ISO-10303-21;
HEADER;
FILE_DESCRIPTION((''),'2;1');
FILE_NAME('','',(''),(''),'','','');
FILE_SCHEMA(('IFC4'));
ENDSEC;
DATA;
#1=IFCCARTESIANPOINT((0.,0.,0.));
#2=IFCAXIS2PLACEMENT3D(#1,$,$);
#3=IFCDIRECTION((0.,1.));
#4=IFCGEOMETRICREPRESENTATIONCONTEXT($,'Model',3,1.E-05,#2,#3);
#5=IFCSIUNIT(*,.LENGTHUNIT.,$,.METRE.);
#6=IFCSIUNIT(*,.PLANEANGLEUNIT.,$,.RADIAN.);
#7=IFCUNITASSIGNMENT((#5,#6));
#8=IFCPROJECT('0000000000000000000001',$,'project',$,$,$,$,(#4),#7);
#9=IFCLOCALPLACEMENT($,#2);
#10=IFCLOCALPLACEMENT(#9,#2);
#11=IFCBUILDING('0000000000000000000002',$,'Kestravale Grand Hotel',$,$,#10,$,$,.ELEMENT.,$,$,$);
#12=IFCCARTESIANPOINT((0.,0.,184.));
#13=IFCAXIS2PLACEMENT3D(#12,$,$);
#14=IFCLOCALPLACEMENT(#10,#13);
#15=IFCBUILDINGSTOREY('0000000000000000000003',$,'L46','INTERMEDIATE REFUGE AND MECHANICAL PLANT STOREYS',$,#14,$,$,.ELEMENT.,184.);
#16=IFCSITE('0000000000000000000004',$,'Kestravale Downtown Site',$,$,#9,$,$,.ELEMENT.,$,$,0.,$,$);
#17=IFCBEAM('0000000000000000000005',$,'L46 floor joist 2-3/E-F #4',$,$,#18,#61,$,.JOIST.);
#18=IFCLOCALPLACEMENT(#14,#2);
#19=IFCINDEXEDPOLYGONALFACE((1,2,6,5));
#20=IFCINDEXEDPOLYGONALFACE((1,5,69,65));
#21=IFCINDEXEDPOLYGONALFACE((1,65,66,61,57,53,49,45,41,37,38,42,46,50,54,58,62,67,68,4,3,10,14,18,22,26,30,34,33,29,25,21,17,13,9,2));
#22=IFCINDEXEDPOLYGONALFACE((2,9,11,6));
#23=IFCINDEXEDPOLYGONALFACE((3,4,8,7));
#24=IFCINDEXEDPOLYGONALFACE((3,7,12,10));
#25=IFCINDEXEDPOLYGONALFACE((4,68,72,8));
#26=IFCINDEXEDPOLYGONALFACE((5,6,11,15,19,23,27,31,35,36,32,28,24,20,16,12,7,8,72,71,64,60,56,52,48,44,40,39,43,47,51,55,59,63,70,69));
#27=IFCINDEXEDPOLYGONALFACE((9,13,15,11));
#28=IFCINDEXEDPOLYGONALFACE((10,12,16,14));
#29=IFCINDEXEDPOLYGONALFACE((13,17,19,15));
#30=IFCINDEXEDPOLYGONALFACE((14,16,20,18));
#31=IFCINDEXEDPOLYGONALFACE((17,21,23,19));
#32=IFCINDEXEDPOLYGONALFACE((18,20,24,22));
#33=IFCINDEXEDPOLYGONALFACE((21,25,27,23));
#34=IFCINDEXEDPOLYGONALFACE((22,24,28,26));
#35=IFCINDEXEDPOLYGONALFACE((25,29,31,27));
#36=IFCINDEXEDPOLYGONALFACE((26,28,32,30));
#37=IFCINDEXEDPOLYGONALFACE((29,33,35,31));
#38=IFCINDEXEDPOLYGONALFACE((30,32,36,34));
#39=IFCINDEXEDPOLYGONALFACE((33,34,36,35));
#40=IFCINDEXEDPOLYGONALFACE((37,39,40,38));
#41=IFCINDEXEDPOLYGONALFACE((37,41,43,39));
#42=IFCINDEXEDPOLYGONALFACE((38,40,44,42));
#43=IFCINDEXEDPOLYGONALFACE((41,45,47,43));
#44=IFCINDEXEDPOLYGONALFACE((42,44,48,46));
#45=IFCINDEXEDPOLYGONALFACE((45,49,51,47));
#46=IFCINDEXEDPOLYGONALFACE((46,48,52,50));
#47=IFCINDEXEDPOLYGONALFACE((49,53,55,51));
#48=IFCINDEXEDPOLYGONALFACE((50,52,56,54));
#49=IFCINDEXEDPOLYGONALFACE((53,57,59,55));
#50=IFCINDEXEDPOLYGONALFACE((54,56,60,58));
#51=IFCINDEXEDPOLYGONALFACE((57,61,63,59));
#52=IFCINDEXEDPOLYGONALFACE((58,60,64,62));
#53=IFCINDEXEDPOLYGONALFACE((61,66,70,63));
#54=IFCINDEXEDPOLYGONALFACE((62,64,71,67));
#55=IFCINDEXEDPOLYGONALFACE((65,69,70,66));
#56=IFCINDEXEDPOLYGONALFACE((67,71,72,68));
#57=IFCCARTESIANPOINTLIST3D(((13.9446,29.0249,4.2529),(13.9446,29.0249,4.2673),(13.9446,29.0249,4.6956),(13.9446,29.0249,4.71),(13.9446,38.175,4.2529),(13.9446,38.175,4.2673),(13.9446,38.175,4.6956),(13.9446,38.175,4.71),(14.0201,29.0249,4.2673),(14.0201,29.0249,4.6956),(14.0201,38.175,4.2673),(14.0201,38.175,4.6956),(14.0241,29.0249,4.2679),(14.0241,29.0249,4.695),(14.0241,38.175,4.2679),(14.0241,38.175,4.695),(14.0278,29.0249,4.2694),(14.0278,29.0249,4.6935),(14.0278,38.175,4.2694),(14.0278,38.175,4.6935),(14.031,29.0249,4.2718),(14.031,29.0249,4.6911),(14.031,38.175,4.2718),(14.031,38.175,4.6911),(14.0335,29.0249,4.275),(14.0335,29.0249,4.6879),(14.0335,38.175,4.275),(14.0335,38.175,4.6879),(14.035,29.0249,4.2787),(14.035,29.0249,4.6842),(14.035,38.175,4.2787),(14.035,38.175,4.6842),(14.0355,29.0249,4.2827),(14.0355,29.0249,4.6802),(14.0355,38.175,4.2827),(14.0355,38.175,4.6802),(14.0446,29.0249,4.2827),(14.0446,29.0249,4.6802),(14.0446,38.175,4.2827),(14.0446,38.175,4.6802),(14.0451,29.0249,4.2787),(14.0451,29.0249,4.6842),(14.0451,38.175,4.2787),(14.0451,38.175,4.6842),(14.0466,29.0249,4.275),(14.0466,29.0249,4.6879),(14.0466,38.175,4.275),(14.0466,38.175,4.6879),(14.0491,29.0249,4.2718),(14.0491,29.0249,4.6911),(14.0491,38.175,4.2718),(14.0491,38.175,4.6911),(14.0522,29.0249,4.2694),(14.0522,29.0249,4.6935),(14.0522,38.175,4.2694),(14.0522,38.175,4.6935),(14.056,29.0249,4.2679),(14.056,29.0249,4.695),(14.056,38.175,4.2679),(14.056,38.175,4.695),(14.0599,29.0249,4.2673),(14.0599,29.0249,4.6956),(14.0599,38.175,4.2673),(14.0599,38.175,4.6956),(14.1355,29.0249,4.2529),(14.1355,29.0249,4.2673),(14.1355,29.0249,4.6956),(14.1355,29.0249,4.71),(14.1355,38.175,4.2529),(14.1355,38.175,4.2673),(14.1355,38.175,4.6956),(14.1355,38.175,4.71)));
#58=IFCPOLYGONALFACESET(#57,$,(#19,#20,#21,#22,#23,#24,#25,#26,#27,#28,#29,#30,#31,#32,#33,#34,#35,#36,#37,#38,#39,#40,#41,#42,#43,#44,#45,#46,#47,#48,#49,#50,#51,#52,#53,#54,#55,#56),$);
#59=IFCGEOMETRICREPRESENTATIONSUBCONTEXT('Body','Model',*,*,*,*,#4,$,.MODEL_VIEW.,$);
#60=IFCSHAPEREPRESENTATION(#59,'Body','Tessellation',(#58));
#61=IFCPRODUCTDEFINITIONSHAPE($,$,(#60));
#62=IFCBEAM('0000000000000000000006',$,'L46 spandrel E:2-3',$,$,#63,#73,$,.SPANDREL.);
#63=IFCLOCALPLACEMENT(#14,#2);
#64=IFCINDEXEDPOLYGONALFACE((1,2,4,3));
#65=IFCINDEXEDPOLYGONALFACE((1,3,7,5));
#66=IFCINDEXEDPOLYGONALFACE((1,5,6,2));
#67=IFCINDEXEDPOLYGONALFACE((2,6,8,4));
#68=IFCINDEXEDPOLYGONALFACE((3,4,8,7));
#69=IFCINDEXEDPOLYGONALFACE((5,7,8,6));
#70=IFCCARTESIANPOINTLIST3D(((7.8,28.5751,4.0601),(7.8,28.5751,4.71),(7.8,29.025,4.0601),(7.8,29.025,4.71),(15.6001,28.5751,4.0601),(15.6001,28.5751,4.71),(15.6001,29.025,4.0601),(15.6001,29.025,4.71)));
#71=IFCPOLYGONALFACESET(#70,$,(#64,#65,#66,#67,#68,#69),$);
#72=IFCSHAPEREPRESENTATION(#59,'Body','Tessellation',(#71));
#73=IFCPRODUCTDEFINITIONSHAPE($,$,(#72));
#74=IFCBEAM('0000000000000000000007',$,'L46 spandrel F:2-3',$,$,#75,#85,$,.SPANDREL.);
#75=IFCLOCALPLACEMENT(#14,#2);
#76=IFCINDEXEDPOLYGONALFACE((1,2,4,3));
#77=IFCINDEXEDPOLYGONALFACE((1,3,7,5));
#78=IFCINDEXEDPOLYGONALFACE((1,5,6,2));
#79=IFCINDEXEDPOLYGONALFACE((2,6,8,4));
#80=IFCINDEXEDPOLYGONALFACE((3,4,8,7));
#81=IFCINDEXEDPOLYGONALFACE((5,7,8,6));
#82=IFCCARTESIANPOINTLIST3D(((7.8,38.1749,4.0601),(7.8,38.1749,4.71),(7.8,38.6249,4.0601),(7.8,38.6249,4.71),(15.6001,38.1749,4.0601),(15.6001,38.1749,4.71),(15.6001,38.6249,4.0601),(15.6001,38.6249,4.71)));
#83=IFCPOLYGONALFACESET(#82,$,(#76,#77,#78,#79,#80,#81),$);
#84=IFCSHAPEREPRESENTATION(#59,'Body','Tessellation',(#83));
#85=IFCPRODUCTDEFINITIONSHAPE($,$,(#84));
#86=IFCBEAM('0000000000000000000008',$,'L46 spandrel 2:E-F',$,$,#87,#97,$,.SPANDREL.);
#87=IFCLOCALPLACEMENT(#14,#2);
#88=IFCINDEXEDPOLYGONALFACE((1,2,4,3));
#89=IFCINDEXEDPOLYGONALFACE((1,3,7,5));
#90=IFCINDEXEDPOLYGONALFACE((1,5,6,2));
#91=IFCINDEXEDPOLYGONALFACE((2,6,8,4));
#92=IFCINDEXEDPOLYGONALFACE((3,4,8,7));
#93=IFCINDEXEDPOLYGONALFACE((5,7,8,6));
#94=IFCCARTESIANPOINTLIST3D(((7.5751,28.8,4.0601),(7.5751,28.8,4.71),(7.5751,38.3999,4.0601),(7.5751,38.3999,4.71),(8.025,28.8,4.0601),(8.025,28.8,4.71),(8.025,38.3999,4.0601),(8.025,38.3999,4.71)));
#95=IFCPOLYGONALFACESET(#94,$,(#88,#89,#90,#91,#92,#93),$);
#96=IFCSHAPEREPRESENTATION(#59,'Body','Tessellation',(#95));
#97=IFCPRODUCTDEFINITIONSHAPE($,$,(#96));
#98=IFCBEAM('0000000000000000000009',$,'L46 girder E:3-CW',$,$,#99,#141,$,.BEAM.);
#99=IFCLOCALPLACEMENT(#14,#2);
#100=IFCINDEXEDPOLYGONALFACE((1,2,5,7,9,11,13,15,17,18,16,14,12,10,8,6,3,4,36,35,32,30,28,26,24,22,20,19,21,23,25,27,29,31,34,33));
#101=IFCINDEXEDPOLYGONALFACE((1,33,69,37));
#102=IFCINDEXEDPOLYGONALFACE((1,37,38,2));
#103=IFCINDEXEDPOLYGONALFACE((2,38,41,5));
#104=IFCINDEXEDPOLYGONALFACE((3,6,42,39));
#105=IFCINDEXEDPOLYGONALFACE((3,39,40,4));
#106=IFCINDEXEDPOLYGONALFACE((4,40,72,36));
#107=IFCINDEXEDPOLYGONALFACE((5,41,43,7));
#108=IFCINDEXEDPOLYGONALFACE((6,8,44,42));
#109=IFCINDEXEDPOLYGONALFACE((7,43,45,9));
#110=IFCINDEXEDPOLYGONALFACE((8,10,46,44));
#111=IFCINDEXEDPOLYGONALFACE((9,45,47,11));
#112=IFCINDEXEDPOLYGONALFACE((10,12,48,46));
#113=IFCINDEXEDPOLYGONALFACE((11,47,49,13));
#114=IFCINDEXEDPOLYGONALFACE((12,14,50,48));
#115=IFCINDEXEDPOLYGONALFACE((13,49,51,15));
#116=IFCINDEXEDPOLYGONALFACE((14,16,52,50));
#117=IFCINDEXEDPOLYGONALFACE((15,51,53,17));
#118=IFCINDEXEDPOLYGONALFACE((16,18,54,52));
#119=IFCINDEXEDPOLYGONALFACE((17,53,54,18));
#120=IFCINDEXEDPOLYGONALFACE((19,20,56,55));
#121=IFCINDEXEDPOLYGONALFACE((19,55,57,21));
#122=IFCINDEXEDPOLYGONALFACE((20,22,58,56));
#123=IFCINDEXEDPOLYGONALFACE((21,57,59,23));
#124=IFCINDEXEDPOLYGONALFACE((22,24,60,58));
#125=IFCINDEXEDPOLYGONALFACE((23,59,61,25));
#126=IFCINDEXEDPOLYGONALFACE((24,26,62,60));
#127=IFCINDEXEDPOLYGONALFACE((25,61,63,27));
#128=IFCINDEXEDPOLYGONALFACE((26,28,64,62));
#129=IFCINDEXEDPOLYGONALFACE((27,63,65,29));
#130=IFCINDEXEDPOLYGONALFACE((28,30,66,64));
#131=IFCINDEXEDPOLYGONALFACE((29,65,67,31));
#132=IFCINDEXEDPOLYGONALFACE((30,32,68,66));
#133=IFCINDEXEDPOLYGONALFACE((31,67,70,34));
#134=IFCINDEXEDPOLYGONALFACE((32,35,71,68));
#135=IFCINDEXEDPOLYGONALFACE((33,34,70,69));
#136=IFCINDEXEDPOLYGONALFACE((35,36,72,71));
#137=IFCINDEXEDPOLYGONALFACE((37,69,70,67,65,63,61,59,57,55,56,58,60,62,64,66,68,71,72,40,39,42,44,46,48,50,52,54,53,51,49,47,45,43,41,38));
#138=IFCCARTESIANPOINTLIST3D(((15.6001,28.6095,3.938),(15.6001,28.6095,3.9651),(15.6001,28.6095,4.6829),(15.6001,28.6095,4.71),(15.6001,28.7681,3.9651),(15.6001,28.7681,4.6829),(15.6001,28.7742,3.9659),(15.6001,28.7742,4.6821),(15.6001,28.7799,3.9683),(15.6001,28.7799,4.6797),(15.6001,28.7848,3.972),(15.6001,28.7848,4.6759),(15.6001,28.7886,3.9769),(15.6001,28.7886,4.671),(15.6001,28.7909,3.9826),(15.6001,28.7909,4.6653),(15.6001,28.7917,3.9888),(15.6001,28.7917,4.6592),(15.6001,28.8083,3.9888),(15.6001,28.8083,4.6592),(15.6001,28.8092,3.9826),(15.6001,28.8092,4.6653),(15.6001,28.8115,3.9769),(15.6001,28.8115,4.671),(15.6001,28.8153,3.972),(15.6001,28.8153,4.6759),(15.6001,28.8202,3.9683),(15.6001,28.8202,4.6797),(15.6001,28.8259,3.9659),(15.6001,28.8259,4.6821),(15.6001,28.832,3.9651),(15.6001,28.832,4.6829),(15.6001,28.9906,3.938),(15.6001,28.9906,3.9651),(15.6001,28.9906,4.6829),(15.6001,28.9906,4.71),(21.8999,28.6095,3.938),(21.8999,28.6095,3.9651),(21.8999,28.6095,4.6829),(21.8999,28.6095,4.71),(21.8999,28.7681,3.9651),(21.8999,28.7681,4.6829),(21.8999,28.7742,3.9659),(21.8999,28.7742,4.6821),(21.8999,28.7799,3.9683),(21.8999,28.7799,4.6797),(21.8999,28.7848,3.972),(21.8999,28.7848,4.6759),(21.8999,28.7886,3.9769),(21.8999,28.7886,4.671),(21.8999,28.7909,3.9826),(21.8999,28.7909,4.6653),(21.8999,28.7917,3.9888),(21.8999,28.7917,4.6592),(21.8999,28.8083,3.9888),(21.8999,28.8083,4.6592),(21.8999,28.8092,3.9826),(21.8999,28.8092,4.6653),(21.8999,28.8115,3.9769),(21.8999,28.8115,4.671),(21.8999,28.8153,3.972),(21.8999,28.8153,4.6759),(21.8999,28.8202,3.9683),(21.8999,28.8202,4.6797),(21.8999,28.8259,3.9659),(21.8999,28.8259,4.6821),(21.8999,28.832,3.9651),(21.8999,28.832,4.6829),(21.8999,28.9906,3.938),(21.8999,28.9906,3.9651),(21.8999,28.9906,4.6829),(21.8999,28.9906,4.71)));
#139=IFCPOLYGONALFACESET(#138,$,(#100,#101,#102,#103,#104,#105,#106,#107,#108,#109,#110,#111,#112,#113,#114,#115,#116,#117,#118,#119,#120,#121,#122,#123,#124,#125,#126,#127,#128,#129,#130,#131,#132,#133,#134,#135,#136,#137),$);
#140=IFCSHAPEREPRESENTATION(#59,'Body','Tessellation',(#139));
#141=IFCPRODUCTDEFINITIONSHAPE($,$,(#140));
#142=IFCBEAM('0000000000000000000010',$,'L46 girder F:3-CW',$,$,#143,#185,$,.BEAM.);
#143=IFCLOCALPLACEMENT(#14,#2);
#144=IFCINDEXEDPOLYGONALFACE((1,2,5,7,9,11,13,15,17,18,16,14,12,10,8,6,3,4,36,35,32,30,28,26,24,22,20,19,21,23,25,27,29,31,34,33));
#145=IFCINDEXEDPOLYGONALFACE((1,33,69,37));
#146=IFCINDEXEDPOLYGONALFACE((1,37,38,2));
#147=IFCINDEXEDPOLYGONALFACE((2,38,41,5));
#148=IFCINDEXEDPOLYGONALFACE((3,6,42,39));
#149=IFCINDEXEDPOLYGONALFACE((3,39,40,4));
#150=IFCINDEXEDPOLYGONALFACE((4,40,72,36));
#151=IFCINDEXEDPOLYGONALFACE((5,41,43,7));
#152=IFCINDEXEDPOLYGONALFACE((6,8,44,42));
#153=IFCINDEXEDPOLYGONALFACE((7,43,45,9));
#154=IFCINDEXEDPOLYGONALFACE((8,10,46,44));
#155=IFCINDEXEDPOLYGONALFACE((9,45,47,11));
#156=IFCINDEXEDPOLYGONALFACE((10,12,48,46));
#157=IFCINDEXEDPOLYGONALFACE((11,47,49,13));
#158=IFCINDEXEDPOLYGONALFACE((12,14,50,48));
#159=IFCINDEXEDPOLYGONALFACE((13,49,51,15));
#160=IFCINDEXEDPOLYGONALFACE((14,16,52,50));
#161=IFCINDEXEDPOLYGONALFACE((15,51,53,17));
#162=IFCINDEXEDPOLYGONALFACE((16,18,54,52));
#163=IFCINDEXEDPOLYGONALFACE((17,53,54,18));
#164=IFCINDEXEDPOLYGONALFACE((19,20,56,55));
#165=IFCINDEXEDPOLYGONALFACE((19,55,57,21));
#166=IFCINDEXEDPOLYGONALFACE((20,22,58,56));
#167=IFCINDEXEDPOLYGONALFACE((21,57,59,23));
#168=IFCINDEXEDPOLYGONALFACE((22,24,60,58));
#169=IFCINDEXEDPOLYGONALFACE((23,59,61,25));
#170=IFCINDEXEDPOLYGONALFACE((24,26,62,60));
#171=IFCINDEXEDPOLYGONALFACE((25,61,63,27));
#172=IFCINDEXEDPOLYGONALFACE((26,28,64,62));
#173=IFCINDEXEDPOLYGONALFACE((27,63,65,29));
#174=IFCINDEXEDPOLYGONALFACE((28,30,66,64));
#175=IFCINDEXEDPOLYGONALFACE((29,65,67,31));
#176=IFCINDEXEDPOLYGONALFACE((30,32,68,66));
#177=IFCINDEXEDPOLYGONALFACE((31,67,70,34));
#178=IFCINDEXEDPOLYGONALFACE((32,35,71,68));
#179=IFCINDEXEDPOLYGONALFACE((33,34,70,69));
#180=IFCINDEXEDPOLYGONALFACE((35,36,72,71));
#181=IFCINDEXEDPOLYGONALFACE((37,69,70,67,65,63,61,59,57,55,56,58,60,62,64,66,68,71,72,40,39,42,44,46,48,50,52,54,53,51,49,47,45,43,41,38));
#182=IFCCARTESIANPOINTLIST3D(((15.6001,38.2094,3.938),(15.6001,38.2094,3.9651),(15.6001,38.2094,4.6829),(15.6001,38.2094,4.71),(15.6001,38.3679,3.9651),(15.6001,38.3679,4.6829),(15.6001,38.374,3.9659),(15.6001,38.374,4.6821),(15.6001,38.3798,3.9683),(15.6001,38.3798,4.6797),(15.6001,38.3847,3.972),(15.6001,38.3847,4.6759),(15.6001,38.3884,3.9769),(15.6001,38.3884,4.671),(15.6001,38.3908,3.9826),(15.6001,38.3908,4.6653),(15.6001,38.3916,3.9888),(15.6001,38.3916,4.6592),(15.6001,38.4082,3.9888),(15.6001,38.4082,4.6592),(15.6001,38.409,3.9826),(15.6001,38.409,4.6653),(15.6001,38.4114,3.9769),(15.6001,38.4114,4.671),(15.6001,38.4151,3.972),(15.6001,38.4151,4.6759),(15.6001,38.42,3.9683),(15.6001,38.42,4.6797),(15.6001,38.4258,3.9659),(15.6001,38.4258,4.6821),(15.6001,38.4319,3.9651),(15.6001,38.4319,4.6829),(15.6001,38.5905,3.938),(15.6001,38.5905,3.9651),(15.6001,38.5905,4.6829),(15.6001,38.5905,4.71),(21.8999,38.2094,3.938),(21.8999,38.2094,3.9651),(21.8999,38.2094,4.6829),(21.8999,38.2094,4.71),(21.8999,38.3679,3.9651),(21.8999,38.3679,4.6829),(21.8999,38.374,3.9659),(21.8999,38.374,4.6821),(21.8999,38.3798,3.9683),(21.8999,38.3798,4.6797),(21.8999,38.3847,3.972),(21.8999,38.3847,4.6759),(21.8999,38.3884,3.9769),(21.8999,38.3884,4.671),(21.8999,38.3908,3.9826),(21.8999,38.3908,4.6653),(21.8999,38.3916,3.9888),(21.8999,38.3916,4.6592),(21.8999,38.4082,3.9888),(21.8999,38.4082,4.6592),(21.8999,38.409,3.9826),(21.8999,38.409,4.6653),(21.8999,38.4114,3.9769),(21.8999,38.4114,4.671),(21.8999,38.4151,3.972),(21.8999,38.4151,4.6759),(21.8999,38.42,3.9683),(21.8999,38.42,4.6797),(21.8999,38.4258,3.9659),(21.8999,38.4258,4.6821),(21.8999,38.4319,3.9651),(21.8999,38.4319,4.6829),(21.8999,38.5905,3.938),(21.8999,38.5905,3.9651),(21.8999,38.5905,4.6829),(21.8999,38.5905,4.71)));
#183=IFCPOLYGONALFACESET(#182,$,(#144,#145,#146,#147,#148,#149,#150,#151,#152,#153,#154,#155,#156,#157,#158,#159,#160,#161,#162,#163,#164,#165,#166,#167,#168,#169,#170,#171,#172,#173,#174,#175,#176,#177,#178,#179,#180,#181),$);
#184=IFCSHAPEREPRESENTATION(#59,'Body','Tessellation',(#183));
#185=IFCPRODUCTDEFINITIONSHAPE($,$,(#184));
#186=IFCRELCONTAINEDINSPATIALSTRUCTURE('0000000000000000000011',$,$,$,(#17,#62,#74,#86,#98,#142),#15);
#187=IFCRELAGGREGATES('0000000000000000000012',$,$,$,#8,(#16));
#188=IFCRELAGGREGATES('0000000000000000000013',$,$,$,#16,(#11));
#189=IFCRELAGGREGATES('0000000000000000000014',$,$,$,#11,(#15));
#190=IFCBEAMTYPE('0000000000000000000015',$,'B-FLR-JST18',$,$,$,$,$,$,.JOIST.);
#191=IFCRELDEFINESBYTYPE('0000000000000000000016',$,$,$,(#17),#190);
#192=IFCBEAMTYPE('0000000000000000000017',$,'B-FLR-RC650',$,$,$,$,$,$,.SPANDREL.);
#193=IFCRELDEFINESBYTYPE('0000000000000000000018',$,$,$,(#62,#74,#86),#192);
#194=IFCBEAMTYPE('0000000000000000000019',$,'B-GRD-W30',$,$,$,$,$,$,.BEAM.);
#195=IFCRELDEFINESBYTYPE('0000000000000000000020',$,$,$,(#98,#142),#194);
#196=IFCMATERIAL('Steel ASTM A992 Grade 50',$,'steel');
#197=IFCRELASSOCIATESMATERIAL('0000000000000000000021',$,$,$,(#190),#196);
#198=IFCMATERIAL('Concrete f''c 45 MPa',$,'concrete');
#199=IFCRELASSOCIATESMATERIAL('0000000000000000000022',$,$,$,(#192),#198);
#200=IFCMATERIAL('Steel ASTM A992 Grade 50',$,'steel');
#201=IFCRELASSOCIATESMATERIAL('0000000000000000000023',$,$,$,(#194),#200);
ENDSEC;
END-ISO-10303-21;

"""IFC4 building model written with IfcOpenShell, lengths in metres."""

from ifc_helpers import new_model, si_unit, direction, frame, origin, origin_2d, place, context, subcontext, project, spatial, rectangle, i_section, extrude, material, material_profile, profile_set, type_object, element, save


model = new_model("IFC4")

# Units and contexts
model_context = context("Model", 3, precision=1e-05, world=origin(), true_north=direction((0.0, 1.0)))
body_context = subcontext(model_context, "Body", "Model", "MODEL_VIEW")
ifc_project = project(units=[si_unit("LENGTHUNIT", "METRE"), si_unit("PLANEANGLEUNIT", "RADIAN")], contexts=[model_context])

# Site, building, storey
site_placement = place(None, origin())
site = spatial("IfcSite", under=ifc_project, at=site_placement, Name="Kestravale Downtown Site", CompositionType="ELEMENT", RefElevation=0.0)
building_placement = place(site_placement, origin())
building = spatial("IfcBuilding", under=site, at=building_placement, Name="Kestravale Grand Hotel", CompositionType="ELEMENT")
storey_placement = place(building_placement, frame((0.0, 0.0, 184.0)))
storey = spatial("IfcBuildingStorey", under=building, at=storey_placement, Name="L46", Description="INTERMEDIATE REFUGE AND MECHANICAL PLANT STOREYS", CompositionType="ELEMENT", Elevation=184.0)

# Beams
ifc_material_1 = material(Name="Steel ASTM A992 Grade 50", Category="steel")
ifc_material_profile_1 = material_profile(ifc_material_1, i_section(OverallWidth=0.1909, OverallDepth=0.457, WebThickness=0.009, FlangeThickness=0.0144, FilletRadius=0.0154, at=origin_2d()))
ifc_profile_set_1 = profile_set([ifc_material_profile_1], Name="Steel ASTM A992 Grade 50")
beam_type_1 = type_object("IfcBeamType", Name="B-FLR-JST18", PredefinedType="JOIST", material=ifc_profile_set_1)
for number, where, z_axis, x_axis, name in (
    (1, (14.04, 29.0249, 4.4814), (0.0, 1.0, 0.0), (-1.0, 0.0, 0.0), "L46 floor joist 2-3/E-F #4"),
):
    element("IfcBeam", number, at=place(storey_placement, frame(where, z_axis=z_axis, x_axis=x_axis)), inside=storey, type_object=beam_type_1, Name=name, PredefinedType="JOIST", context=body_context, shape_type="SweptSolid", body=[
        extrude(i_section(OverallWidth=0.1909, OverallDepth=0.457, WebThickness=0.009, FlangeThickness=0.0144, FilletRadius=0.0154, at=origin_2d()), origin(), (0.0, 0.0, 1.0), 9.1501),
    ])
ifc_material_2 = material(Name="Concrete f'c 45 MPa", Category="concrete")
ifc_material_profile_2 = material_profile(ifc_material_2, rectangle(XDim=0.45, YDim=0.6499, at=origin_2d()))
ifc_profile_set_2 = profile_set([ifc_material_profile_2], Name="Concrete f'c 45 MPa")
beam_type_2 = type_object("IfcBeamType", Name="B-FLR-RC650", PredefinedType="SPANDREL", material=ifc_profile_set_2)
for number, where, z_axis, x_axis, name in (
    (2, (7.8, 28.8, 4.385), (1.0, 0.0, 0.0), (0.0, 1.0, 0.0), "L46 spandrel E:2-3"),
    (3, (7.8, 38.3999, 4.385), (1.0, 0.0, 0.0), (0.0, 1.0, 0.0), "L46 spandrel F:2-3"),
):
    element("IfcBeam", number, at=place(storey_placement, frame(where, z_axis=z_axis, x_axis=x_axis)), inside=storey, type_object=beam_type_2, Name=name, PredefinedType="SPANDREL", context=body_context, shape_type="SweptSolid", body=[
        extrude(rectangle(XDim=0.45, YDim=0.6499, at=origin_2d()), origin(), (0.0, 0.0, 1.0), 7.8),
    ])
beam_1_placement = place(storey_placement, frame((7.8, 28.8, 4.385), z_axis=(0.0, 1.0, 0.0), x_axis=(-1.0, 0.0, 0.0)))
element("IfcBeam", 4, at=beam_1_placement, inside=storey, type_object=beam_type_2, Name="L46 spandrel 2:E-F", PredefinedType="SPANDREL", context=body_context, shape_type="SweptSolid", body=[
    extrude(rectangle(XDim=0.45, YDim=0.6499, at=origin_2d()), origin(), (0.0, 0.0, 1.0), 9.5999),
])
ifc_material_3 = material(Name="Steel ASTM A992 Grade 50", Category="steel")
ifc_material_profile_3 = material_profile(ifc_material_3, i_section(OverallWidth=0.3811, OverallDepth=0.772, WebThickness=0.0166, FlangeThickness=0.0271, FilletRadius=0.0237, at=origin_2d()))
ifc_profile_set_3 = profile_set([ifc_material_profile_3], Name="Steel ASTM A992 Grade 50")
beam_type_3 = type_object("IfcBeamType", Name="B-GRD-W30", PredefinedType="BEAM", material=ifc_profile_set_3)
for number, where, z_axis, x_axis, name in (
    (5, (15.6001, 28.8, 4.324), (1.0, 0.0, 0.0), (0.0, 1.0, 0.0), "L46 girder E:3-CW"),
    (6, (15.6001, 38.3999, 4.324), (1.0, 0.0, 0.0), (0.0, 1.0, 0.0), "L46 girder F:3-CW"),
):
    element("IfcBeam", number, at=place(storey_placement, frame(where, z_axis=z_axis, x_axis=x_axis)), inside=storey, type_object=beam_type_3, Name=name, PredefinedType="BEAM", context=body_context, shape_type="SweptSolid", body=[
        extrude(i_section(OverallWidth=0.3811, OverallDepth=0.772, WebThickness=0.0166, FlangeThickness=0.0271, FilletRadius=0.0237, at=origin_2d()), origin(), (0.0, 0.0, 1.0), 6.2998),
    ])

save(model, "model.ifc")
